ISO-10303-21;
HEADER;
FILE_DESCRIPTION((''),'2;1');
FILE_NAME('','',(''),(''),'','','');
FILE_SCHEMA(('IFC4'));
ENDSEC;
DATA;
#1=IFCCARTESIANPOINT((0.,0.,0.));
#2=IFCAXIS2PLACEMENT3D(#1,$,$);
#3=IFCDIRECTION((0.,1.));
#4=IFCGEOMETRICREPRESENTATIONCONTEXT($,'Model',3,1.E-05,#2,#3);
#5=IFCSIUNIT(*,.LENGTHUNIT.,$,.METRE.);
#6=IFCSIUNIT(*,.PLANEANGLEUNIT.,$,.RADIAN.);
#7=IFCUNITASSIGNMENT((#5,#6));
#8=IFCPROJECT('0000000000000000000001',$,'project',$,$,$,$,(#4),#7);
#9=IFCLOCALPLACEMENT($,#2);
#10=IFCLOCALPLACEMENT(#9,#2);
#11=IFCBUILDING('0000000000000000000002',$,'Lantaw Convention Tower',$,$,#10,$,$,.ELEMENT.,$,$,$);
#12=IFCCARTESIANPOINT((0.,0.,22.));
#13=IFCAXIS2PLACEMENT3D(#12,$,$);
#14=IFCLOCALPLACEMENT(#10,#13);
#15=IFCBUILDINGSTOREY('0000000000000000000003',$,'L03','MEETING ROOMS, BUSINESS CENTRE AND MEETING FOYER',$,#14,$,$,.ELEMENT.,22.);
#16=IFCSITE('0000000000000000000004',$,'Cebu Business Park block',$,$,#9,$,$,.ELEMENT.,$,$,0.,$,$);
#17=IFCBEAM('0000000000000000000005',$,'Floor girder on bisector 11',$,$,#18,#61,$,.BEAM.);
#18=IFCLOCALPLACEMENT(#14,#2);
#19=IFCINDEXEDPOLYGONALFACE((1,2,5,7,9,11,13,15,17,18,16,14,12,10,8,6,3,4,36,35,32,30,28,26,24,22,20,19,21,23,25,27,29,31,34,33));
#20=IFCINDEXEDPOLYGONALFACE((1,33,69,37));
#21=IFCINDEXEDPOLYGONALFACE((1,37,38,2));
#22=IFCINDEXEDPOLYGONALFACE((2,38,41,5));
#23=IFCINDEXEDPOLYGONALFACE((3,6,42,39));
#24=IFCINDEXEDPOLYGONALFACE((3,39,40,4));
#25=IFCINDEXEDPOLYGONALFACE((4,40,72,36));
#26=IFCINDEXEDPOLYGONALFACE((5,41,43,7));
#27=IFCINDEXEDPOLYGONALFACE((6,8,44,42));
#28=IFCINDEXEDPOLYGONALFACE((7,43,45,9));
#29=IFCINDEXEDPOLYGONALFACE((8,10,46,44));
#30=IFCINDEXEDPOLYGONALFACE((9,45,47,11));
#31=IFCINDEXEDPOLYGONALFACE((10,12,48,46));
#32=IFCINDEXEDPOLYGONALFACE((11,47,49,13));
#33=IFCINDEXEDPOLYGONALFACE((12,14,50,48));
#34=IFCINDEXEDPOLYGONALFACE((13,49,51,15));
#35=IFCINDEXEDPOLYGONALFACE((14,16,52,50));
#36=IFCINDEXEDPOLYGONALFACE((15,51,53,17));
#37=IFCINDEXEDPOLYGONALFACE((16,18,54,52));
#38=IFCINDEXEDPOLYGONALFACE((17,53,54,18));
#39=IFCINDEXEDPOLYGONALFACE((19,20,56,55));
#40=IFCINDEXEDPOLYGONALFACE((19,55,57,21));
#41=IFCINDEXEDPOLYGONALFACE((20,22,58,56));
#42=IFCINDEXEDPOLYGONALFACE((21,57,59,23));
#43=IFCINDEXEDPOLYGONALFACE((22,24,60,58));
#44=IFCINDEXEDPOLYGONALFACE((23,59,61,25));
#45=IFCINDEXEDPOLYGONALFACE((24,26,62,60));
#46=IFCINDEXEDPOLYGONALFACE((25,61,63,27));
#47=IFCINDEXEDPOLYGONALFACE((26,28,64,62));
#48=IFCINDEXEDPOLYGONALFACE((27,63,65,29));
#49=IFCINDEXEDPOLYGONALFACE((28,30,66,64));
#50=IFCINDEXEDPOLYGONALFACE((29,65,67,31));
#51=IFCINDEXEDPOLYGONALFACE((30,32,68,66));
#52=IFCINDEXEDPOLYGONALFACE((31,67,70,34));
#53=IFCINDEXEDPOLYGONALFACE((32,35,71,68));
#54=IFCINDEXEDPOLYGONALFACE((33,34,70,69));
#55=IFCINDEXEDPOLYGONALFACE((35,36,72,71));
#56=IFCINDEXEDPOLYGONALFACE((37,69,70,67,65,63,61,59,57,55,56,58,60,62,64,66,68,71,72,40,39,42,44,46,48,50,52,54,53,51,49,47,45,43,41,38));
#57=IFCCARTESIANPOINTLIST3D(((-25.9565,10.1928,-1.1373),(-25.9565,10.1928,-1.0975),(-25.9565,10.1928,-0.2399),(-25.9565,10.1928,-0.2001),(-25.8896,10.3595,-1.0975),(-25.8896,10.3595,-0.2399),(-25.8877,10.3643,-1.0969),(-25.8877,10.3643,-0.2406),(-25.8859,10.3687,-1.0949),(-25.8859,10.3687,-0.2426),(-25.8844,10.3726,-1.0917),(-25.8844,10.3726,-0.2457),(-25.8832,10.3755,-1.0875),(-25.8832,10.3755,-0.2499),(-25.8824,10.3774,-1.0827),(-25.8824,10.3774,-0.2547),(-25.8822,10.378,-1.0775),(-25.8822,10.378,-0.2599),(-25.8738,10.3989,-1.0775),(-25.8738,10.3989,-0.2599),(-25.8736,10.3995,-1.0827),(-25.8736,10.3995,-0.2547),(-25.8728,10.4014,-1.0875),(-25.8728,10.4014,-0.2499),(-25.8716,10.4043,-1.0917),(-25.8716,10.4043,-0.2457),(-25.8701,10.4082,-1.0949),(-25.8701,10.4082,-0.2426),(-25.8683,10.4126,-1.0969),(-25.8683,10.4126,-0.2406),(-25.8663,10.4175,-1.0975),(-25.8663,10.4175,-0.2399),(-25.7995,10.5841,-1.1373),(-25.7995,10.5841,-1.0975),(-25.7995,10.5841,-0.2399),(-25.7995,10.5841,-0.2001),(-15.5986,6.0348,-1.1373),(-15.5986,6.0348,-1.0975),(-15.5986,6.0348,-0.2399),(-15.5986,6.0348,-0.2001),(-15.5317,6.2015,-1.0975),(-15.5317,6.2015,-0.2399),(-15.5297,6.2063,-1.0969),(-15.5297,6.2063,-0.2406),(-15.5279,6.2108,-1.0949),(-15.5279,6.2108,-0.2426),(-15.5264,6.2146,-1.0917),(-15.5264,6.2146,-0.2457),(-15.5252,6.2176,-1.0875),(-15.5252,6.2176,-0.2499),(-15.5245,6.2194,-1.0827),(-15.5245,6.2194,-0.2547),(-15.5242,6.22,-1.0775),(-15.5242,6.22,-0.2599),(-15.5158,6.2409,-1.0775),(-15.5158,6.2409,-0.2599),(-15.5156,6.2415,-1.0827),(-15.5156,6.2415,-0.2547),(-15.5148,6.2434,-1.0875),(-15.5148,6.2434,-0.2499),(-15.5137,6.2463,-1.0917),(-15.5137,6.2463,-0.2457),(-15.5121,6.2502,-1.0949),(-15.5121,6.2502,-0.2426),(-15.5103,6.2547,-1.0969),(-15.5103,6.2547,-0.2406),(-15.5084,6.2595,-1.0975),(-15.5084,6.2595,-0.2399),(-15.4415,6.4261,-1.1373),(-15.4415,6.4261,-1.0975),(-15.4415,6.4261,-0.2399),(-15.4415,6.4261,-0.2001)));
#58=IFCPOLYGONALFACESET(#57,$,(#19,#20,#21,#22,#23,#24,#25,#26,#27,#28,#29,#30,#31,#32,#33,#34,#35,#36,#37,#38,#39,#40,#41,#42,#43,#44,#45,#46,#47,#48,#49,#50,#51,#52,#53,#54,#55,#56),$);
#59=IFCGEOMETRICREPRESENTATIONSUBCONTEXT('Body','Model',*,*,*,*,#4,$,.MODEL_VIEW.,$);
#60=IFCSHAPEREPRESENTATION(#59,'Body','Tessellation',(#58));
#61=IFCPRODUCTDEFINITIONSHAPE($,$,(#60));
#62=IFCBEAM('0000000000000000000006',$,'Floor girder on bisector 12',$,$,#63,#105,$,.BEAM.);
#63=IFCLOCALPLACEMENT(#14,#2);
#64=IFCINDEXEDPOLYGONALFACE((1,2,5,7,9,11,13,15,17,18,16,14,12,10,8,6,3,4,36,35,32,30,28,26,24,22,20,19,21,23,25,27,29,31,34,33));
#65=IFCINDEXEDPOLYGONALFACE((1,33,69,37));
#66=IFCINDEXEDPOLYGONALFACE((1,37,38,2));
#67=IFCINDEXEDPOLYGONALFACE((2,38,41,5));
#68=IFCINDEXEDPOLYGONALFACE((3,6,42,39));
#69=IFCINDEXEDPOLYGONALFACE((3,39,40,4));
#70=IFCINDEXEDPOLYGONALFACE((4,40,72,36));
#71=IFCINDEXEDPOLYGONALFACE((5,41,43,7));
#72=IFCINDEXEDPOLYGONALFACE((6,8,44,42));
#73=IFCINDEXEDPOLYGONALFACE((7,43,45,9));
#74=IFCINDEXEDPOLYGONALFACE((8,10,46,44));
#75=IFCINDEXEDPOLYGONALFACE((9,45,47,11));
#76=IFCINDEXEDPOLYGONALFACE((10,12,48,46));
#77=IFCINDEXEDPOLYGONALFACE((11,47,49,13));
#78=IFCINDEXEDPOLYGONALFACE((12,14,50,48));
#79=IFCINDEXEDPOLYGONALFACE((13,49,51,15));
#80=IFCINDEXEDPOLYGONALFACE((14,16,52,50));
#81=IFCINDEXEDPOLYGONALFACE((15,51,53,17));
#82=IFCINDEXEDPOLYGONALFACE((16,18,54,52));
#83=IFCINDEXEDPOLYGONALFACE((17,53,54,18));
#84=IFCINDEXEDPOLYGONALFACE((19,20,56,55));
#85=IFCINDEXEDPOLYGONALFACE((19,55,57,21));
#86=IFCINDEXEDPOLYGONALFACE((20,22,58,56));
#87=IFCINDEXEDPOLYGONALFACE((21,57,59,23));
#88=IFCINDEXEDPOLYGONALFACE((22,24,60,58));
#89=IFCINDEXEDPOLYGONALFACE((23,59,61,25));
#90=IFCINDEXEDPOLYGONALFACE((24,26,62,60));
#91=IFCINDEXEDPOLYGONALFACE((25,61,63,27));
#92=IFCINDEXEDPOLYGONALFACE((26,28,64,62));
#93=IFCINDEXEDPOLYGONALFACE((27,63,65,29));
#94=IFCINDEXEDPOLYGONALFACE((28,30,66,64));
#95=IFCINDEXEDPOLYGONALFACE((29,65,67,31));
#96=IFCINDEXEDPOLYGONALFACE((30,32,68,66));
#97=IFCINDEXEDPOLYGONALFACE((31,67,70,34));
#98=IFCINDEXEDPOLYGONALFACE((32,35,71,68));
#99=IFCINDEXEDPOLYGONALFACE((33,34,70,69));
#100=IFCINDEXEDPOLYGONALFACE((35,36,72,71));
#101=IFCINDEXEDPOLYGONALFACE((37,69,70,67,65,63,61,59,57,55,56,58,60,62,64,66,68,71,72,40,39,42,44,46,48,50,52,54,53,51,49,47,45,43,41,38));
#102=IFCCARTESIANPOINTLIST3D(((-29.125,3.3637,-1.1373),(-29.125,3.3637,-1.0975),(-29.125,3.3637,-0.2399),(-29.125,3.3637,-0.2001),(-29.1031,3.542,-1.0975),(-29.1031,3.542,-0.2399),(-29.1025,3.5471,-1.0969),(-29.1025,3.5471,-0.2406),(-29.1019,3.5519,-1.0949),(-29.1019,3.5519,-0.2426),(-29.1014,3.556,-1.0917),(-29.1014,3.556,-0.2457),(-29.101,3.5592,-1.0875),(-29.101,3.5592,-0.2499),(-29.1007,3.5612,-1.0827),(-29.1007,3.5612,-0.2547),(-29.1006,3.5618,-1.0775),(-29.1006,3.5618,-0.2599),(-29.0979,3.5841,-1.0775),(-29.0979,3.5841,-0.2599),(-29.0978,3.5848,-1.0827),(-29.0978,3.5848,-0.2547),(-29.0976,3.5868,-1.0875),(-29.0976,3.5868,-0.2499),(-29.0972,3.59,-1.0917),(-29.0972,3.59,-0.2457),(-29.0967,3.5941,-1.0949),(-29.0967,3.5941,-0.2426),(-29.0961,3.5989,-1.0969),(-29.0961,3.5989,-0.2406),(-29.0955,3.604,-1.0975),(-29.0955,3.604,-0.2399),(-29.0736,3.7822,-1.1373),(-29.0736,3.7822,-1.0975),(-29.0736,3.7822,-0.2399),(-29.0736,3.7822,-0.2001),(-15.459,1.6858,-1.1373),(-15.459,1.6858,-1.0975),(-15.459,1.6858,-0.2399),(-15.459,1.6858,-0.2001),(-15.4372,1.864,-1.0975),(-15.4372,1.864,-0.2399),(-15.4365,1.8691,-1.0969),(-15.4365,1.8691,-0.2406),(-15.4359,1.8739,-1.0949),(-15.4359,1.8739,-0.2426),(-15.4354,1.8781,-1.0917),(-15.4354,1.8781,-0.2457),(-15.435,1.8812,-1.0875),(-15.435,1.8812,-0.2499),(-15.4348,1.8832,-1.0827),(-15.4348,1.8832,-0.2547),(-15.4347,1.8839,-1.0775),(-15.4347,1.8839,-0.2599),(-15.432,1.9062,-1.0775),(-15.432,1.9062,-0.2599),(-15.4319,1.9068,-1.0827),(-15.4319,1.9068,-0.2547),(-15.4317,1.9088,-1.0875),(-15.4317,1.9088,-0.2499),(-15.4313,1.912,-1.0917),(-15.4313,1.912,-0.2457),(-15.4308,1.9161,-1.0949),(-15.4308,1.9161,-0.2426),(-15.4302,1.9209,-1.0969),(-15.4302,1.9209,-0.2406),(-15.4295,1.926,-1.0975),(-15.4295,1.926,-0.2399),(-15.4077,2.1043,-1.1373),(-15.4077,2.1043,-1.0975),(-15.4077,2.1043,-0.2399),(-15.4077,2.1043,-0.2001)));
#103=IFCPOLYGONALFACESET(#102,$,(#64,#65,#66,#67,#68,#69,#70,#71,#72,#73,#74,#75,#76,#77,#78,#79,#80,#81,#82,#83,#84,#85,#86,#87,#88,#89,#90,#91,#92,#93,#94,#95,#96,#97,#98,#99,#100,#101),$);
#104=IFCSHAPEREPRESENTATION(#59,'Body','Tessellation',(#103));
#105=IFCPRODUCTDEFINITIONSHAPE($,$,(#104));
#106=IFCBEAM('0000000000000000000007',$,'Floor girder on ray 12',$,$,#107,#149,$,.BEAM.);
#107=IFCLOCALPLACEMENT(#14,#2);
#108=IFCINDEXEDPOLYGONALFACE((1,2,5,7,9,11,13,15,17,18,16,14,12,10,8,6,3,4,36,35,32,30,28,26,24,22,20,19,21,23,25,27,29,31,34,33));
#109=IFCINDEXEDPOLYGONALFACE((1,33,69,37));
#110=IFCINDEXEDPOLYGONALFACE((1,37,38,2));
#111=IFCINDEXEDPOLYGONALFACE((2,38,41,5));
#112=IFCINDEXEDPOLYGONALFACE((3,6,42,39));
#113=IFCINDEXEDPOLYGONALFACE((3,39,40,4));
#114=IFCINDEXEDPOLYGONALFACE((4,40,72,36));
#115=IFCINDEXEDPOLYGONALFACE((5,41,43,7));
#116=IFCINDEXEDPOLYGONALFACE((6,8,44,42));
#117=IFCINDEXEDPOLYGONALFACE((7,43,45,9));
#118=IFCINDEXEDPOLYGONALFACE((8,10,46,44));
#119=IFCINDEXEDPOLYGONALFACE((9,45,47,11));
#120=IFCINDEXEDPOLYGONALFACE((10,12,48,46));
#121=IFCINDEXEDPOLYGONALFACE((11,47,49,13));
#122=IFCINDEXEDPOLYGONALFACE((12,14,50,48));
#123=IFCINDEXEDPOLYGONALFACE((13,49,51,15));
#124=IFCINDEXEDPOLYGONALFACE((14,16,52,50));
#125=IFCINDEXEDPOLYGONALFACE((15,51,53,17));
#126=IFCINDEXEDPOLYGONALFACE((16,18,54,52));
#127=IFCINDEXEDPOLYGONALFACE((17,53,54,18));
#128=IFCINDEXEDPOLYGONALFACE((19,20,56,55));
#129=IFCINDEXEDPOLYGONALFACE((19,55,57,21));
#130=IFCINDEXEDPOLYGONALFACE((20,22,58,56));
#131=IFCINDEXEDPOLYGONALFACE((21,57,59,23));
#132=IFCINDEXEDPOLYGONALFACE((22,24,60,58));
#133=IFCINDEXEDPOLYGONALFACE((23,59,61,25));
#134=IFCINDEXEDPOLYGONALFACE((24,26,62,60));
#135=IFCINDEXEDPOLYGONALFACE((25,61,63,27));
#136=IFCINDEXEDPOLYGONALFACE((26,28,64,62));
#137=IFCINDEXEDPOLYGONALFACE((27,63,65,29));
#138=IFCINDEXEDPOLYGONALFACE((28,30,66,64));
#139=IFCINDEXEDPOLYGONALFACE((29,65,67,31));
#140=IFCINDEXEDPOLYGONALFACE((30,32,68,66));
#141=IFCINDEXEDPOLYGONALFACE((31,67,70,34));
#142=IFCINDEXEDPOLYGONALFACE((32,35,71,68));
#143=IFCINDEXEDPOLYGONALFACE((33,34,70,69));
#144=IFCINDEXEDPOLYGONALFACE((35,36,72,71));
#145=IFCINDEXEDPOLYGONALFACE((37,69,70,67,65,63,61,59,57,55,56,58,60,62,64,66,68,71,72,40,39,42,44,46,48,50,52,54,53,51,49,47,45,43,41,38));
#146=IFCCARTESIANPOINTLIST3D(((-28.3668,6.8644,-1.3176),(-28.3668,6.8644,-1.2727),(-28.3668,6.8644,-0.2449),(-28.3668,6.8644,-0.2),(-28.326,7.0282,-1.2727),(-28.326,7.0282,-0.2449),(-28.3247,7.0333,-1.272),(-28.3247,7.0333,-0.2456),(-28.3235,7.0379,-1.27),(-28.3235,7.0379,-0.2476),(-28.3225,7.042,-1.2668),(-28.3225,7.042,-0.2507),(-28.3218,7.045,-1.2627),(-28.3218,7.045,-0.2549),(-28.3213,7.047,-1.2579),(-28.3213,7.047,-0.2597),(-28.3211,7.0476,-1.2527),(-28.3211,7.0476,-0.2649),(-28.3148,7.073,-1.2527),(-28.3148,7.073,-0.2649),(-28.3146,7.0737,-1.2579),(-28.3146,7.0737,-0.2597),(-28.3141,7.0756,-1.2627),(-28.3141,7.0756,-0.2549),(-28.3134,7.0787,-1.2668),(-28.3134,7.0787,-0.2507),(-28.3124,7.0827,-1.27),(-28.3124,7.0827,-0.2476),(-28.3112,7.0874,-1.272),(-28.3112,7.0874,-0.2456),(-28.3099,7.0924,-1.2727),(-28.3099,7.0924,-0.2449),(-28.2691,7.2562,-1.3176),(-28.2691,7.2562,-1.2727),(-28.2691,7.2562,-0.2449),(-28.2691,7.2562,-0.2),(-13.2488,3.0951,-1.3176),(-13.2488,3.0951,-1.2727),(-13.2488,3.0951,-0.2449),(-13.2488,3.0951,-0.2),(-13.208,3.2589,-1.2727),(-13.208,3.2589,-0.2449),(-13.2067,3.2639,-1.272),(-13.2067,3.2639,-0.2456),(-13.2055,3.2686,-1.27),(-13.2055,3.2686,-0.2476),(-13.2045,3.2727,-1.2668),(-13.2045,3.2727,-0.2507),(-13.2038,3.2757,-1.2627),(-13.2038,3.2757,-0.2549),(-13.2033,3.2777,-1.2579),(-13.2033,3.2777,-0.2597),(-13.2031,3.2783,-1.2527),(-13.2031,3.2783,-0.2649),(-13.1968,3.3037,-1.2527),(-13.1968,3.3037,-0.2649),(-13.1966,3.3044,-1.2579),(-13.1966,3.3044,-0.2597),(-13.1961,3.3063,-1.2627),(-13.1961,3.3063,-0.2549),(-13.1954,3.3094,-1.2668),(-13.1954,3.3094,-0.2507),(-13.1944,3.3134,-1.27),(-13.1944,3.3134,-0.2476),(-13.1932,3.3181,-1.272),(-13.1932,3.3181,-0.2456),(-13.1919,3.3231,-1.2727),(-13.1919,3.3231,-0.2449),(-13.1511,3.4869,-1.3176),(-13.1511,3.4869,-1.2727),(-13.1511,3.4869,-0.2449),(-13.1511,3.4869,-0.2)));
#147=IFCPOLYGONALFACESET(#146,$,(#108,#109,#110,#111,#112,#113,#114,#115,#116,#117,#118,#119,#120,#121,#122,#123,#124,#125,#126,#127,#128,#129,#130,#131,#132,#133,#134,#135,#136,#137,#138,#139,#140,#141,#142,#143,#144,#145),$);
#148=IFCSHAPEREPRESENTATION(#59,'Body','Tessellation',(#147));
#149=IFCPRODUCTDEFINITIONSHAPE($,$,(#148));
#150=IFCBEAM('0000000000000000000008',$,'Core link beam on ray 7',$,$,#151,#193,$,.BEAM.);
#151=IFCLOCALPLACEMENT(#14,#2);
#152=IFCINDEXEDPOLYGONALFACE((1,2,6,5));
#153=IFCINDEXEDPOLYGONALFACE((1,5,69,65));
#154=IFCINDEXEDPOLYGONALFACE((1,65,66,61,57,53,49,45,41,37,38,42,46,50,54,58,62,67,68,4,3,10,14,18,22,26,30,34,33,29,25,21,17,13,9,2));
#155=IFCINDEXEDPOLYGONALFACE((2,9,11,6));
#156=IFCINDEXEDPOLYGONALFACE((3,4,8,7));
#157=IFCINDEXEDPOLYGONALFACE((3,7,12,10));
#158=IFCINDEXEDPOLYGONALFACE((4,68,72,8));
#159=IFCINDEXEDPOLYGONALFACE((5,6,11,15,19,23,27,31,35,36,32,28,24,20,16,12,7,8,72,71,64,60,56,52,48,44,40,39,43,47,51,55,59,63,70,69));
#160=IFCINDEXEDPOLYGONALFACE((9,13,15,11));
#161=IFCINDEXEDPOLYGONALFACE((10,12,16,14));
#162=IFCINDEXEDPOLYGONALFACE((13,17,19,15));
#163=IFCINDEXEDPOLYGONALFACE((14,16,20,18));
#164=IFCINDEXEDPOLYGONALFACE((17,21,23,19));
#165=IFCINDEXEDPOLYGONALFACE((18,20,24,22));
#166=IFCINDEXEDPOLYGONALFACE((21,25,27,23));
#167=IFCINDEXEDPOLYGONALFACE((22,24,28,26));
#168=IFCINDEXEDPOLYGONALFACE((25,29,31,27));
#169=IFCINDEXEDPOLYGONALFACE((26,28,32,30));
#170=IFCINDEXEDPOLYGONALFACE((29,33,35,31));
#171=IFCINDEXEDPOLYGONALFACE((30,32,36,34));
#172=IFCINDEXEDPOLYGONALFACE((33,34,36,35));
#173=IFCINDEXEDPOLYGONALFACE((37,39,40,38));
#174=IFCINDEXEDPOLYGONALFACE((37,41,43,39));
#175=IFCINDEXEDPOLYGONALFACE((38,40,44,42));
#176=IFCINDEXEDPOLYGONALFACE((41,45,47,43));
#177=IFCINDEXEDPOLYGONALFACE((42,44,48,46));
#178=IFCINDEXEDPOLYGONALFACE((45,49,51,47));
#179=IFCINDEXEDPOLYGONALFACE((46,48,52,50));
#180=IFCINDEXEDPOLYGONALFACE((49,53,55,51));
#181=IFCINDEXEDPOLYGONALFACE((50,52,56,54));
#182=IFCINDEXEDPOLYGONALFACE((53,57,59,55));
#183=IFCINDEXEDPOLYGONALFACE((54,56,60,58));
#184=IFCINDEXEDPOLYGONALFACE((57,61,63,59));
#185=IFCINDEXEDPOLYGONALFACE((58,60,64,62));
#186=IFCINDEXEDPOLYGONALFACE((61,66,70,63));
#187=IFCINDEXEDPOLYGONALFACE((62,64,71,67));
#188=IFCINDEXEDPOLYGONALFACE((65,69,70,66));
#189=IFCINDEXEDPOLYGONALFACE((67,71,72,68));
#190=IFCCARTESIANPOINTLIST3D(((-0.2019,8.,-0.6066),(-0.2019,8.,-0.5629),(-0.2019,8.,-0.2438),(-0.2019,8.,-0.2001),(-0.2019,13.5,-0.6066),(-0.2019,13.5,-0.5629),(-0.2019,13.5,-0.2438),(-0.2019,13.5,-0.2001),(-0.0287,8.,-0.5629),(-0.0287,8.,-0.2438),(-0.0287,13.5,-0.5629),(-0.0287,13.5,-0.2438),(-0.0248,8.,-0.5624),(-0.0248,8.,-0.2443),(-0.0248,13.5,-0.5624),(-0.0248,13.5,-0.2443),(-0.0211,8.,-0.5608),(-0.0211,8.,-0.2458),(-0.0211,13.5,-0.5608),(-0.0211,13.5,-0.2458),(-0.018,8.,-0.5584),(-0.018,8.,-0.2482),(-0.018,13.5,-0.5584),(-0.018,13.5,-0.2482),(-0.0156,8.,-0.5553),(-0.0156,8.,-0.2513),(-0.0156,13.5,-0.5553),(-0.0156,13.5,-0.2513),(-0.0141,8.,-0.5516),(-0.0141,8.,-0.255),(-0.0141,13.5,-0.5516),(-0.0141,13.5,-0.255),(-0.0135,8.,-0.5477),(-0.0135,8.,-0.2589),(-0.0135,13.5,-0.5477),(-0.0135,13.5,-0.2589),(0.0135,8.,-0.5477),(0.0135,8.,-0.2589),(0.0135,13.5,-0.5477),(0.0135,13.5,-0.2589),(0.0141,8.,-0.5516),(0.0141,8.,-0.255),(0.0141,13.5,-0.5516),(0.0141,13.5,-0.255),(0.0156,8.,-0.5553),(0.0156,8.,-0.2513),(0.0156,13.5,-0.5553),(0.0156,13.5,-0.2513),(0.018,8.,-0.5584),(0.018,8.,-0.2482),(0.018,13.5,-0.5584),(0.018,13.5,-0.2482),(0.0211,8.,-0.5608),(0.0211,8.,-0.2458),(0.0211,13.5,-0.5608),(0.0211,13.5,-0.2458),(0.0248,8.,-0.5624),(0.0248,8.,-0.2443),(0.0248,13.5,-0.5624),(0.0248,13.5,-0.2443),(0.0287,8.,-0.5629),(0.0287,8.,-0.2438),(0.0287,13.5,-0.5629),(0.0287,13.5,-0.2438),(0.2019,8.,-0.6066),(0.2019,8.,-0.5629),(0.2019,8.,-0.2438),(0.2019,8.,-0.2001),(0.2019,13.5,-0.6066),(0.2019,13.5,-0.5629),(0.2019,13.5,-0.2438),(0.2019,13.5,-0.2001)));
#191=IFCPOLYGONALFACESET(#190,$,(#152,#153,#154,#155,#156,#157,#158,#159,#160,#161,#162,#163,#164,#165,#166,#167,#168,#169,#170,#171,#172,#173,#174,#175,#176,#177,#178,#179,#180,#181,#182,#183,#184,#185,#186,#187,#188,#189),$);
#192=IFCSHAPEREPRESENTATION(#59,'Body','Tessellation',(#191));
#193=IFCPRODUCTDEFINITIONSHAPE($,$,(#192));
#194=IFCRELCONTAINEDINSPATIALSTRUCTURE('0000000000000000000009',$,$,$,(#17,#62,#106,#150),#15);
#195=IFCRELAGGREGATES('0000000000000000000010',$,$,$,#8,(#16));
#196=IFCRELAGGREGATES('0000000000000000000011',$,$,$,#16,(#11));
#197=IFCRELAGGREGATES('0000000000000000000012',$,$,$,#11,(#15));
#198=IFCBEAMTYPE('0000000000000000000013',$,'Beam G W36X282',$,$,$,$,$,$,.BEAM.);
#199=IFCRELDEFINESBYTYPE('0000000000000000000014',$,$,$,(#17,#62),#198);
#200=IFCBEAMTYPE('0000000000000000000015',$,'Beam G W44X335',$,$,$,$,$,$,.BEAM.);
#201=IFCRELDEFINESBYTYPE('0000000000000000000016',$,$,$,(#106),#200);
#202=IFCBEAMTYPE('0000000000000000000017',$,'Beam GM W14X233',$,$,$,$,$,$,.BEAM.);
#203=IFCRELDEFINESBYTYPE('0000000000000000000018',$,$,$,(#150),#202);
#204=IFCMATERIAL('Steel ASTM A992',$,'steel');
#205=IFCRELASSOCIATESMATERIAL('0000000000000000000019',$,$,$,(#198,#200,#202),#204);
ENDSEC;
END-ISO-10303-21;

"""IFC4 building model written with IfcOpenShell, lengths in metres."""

from ifc_helpers import new_model, si_unit, direction, frame, origin, origin_2d, place, context, subcontext, project, spatial, i_section, extrude, material, material_profile, profile_set, type_object, element, save


model = new_model("IFC4")

# Units and contexts
model_context = context("Model", 3, precision=1e-05, world=origin(), true_north=direction((0.0, 1.0)))
body_context = subcontext(model_context, "Body", "Model", "MODEL_VIEW")
ifc_project = project(units=[si_unit("LENGTHUNIT", "METRE"), si_unit("PLANEANGLEUNIT", "RADIAN")], contexts=[model_context])

# Site, building, storey
site_placement = place(None, origin())
site = spatial("IfcSite", under=ifc_project, at=site_placement, Name="Cebu Business Park block", CompositionType="ELEMENT", RefElevation=0.0)
building_placement = place(site_placement, origin())
building = spatial("IfcBuilding", under=site, at=building_placement, Name="Lantaw Convention Tower", CompositionType="ELEMENT")
storey_placement = place(building_placement, frame((0.0, 0.0, 22.0)))
storey = spatial("IfcBuildingStorey", under=building, at=storey_placement, Name="L03", Description="MEETING ROOMS, BUSINESS CENTRE AND MEETING FOYER", CompositionType="ELEMENT", Elevation=22.0)

# Beams
ifc_material_1 = material(Name="Steel ASTM A992", Category="steel")
ifc_material_profile_1 = material_profile(ifc_material_1, i_section(OverallWidth=0.4216, OverallDepth=0.9373, WebThickness=0.0225, FlangeThickness=0.0398, FilletRadius=0.02, at=origin_2d()), Name="W36X282")
ifc_profile_set_1 = profile_set([ifc_material_profile_1], Name="Steel ASTM A992")
beam_type_1 = type_object("IfcBeamType", Name="Beam G W36X282", PredefinedType="BEAM", material=ifc_profile_set_1)
beam_1_placement = place(storey_placement, frame((-15.52, 6.2305, -0.6687), z_axis=(-0.928019, 0.372533, 0.0), x_axis=(-0.372533, -0.928019, 0.0)))
element("IfcBeam", 1, at=beam_1_placement, inside=storey, type_object=beam_type_1, Name="Floor girder on bisector 11", PredefinedType="BEAM", context=body_context, shape_type="SweptSolid", body=[
    extrude(i_section(OverallWidth=0.4216, OverallDepth=0.9373, WebThickness=0.0225, FlangeThickness=0.0398, FilletRadius=0.02, at=origin_2d()), origin(), (0.0, 0.0, 1.0), 11.1614),
])
beam_2_placement = place(storey_placement, frame((-15.4333, 1.895, -0.6687), z_axis=(-0.992546, 0.12187, 0.0), x_axis=(-0.12187, -0.992546, 0.0)))
element("IfcBeam", 2, at=beam_2_placement, inside=storey, type_object=beam_type_1, Name="Floor girder on bisector 12", PredefinedType="BEAM", context=body_context, shape_type="SweptSolid", body=[
    extrude(i_section(OverallWidth=0.4216, OverallDepth=0.9373, WebThickness=0.0225, FlangeThickness=0.0398, FilletRadius=0.02, at=origin_2d()), origin(), (0.0, 0.0, 1.0), 13.7686),
])
ifc_material_profile_2 = material_profile(ifc_material_1, i_section(OverallWidth=0.4038, OverallDepth=1.1177, WebThickness=0.0261, FlangeThickness=0.0449, FilletRadius=0.02, at=origin_2d()), Name="W44X335")
ifc_profile_set_2 = profile_set([ifc_material_profile_2], Name="Steel ASTM A992")
beam_type_2 = type_object("IfcBeamType", Name="Beam G W44X335", PredefinedType="BEAM", material=ifc_profile_set_2)
beam_3_placement = place(storey_placement, frame((-13.2, 3.291, -0.7588), z_axis=(-0.970296, 0.24192, 0.0), x_axis=(-0.24192, -0.970296, 0.0)))
element("IfcBeam", 3, at=beam_3_placement, inside=storey, type_object=beam_type_2, Name="Floor girder on ray 12", PredefinedType="BEAM", context=body_context, shape_type="SweptSolid", body=[
    extrude(i_section(OverallWidth=0.4038, OverallDepth=1.1177, WebThickness=0.0261, FlangeThickness=0.0449, FilletRadius=0.02, at=origin_2d()), origin(), (0.0, 0.0, 1.0), 15.5808),
])
ifc_material_profile_3 = material_profile(ifc_material_1, i_section(OverallWidth=0.4038, OverallDepth=0.4065, WebThickness=0.0271, FlangeThickness=0.0437, FilletRadius=0.0151, at=origin_2d()), Name="W14X233")
ifc_profile_set_3 = profile_set([ifc_material_profile_3], Name="Steel ASTM A992")
beam_type_3 = type_object("IfcBeamType", Name="Beam GM W14X233", PredefinedType="BEAM", material=ifc_profile_set_3)
beam_4_placement = place(storey_placement, frame((0.0, 8.0, -0.4033), z_axis=(0.0, 1.0, 0.0), x_axis=(-1.0, 0.0, 0.0)))
element("IfcBeam", 4, at=beam_4_placement, inside=storey, type_object=beam_type_3, Name="Core link beam on ray 7", PredefinedType="BEAM", context=body_context, shape_type="SweptSolid", body=[
    extrude(i_section(OverallWidth=0.4038, OverallDepth=0.4065, WebThickness=0.0271, FlangeThickness=0.0437, FilletRadius=0.0151, at=origin_2d()), origin(), (0.0, 0.0, 1.0), 5.5),
])

save(model, "model.ifc")
